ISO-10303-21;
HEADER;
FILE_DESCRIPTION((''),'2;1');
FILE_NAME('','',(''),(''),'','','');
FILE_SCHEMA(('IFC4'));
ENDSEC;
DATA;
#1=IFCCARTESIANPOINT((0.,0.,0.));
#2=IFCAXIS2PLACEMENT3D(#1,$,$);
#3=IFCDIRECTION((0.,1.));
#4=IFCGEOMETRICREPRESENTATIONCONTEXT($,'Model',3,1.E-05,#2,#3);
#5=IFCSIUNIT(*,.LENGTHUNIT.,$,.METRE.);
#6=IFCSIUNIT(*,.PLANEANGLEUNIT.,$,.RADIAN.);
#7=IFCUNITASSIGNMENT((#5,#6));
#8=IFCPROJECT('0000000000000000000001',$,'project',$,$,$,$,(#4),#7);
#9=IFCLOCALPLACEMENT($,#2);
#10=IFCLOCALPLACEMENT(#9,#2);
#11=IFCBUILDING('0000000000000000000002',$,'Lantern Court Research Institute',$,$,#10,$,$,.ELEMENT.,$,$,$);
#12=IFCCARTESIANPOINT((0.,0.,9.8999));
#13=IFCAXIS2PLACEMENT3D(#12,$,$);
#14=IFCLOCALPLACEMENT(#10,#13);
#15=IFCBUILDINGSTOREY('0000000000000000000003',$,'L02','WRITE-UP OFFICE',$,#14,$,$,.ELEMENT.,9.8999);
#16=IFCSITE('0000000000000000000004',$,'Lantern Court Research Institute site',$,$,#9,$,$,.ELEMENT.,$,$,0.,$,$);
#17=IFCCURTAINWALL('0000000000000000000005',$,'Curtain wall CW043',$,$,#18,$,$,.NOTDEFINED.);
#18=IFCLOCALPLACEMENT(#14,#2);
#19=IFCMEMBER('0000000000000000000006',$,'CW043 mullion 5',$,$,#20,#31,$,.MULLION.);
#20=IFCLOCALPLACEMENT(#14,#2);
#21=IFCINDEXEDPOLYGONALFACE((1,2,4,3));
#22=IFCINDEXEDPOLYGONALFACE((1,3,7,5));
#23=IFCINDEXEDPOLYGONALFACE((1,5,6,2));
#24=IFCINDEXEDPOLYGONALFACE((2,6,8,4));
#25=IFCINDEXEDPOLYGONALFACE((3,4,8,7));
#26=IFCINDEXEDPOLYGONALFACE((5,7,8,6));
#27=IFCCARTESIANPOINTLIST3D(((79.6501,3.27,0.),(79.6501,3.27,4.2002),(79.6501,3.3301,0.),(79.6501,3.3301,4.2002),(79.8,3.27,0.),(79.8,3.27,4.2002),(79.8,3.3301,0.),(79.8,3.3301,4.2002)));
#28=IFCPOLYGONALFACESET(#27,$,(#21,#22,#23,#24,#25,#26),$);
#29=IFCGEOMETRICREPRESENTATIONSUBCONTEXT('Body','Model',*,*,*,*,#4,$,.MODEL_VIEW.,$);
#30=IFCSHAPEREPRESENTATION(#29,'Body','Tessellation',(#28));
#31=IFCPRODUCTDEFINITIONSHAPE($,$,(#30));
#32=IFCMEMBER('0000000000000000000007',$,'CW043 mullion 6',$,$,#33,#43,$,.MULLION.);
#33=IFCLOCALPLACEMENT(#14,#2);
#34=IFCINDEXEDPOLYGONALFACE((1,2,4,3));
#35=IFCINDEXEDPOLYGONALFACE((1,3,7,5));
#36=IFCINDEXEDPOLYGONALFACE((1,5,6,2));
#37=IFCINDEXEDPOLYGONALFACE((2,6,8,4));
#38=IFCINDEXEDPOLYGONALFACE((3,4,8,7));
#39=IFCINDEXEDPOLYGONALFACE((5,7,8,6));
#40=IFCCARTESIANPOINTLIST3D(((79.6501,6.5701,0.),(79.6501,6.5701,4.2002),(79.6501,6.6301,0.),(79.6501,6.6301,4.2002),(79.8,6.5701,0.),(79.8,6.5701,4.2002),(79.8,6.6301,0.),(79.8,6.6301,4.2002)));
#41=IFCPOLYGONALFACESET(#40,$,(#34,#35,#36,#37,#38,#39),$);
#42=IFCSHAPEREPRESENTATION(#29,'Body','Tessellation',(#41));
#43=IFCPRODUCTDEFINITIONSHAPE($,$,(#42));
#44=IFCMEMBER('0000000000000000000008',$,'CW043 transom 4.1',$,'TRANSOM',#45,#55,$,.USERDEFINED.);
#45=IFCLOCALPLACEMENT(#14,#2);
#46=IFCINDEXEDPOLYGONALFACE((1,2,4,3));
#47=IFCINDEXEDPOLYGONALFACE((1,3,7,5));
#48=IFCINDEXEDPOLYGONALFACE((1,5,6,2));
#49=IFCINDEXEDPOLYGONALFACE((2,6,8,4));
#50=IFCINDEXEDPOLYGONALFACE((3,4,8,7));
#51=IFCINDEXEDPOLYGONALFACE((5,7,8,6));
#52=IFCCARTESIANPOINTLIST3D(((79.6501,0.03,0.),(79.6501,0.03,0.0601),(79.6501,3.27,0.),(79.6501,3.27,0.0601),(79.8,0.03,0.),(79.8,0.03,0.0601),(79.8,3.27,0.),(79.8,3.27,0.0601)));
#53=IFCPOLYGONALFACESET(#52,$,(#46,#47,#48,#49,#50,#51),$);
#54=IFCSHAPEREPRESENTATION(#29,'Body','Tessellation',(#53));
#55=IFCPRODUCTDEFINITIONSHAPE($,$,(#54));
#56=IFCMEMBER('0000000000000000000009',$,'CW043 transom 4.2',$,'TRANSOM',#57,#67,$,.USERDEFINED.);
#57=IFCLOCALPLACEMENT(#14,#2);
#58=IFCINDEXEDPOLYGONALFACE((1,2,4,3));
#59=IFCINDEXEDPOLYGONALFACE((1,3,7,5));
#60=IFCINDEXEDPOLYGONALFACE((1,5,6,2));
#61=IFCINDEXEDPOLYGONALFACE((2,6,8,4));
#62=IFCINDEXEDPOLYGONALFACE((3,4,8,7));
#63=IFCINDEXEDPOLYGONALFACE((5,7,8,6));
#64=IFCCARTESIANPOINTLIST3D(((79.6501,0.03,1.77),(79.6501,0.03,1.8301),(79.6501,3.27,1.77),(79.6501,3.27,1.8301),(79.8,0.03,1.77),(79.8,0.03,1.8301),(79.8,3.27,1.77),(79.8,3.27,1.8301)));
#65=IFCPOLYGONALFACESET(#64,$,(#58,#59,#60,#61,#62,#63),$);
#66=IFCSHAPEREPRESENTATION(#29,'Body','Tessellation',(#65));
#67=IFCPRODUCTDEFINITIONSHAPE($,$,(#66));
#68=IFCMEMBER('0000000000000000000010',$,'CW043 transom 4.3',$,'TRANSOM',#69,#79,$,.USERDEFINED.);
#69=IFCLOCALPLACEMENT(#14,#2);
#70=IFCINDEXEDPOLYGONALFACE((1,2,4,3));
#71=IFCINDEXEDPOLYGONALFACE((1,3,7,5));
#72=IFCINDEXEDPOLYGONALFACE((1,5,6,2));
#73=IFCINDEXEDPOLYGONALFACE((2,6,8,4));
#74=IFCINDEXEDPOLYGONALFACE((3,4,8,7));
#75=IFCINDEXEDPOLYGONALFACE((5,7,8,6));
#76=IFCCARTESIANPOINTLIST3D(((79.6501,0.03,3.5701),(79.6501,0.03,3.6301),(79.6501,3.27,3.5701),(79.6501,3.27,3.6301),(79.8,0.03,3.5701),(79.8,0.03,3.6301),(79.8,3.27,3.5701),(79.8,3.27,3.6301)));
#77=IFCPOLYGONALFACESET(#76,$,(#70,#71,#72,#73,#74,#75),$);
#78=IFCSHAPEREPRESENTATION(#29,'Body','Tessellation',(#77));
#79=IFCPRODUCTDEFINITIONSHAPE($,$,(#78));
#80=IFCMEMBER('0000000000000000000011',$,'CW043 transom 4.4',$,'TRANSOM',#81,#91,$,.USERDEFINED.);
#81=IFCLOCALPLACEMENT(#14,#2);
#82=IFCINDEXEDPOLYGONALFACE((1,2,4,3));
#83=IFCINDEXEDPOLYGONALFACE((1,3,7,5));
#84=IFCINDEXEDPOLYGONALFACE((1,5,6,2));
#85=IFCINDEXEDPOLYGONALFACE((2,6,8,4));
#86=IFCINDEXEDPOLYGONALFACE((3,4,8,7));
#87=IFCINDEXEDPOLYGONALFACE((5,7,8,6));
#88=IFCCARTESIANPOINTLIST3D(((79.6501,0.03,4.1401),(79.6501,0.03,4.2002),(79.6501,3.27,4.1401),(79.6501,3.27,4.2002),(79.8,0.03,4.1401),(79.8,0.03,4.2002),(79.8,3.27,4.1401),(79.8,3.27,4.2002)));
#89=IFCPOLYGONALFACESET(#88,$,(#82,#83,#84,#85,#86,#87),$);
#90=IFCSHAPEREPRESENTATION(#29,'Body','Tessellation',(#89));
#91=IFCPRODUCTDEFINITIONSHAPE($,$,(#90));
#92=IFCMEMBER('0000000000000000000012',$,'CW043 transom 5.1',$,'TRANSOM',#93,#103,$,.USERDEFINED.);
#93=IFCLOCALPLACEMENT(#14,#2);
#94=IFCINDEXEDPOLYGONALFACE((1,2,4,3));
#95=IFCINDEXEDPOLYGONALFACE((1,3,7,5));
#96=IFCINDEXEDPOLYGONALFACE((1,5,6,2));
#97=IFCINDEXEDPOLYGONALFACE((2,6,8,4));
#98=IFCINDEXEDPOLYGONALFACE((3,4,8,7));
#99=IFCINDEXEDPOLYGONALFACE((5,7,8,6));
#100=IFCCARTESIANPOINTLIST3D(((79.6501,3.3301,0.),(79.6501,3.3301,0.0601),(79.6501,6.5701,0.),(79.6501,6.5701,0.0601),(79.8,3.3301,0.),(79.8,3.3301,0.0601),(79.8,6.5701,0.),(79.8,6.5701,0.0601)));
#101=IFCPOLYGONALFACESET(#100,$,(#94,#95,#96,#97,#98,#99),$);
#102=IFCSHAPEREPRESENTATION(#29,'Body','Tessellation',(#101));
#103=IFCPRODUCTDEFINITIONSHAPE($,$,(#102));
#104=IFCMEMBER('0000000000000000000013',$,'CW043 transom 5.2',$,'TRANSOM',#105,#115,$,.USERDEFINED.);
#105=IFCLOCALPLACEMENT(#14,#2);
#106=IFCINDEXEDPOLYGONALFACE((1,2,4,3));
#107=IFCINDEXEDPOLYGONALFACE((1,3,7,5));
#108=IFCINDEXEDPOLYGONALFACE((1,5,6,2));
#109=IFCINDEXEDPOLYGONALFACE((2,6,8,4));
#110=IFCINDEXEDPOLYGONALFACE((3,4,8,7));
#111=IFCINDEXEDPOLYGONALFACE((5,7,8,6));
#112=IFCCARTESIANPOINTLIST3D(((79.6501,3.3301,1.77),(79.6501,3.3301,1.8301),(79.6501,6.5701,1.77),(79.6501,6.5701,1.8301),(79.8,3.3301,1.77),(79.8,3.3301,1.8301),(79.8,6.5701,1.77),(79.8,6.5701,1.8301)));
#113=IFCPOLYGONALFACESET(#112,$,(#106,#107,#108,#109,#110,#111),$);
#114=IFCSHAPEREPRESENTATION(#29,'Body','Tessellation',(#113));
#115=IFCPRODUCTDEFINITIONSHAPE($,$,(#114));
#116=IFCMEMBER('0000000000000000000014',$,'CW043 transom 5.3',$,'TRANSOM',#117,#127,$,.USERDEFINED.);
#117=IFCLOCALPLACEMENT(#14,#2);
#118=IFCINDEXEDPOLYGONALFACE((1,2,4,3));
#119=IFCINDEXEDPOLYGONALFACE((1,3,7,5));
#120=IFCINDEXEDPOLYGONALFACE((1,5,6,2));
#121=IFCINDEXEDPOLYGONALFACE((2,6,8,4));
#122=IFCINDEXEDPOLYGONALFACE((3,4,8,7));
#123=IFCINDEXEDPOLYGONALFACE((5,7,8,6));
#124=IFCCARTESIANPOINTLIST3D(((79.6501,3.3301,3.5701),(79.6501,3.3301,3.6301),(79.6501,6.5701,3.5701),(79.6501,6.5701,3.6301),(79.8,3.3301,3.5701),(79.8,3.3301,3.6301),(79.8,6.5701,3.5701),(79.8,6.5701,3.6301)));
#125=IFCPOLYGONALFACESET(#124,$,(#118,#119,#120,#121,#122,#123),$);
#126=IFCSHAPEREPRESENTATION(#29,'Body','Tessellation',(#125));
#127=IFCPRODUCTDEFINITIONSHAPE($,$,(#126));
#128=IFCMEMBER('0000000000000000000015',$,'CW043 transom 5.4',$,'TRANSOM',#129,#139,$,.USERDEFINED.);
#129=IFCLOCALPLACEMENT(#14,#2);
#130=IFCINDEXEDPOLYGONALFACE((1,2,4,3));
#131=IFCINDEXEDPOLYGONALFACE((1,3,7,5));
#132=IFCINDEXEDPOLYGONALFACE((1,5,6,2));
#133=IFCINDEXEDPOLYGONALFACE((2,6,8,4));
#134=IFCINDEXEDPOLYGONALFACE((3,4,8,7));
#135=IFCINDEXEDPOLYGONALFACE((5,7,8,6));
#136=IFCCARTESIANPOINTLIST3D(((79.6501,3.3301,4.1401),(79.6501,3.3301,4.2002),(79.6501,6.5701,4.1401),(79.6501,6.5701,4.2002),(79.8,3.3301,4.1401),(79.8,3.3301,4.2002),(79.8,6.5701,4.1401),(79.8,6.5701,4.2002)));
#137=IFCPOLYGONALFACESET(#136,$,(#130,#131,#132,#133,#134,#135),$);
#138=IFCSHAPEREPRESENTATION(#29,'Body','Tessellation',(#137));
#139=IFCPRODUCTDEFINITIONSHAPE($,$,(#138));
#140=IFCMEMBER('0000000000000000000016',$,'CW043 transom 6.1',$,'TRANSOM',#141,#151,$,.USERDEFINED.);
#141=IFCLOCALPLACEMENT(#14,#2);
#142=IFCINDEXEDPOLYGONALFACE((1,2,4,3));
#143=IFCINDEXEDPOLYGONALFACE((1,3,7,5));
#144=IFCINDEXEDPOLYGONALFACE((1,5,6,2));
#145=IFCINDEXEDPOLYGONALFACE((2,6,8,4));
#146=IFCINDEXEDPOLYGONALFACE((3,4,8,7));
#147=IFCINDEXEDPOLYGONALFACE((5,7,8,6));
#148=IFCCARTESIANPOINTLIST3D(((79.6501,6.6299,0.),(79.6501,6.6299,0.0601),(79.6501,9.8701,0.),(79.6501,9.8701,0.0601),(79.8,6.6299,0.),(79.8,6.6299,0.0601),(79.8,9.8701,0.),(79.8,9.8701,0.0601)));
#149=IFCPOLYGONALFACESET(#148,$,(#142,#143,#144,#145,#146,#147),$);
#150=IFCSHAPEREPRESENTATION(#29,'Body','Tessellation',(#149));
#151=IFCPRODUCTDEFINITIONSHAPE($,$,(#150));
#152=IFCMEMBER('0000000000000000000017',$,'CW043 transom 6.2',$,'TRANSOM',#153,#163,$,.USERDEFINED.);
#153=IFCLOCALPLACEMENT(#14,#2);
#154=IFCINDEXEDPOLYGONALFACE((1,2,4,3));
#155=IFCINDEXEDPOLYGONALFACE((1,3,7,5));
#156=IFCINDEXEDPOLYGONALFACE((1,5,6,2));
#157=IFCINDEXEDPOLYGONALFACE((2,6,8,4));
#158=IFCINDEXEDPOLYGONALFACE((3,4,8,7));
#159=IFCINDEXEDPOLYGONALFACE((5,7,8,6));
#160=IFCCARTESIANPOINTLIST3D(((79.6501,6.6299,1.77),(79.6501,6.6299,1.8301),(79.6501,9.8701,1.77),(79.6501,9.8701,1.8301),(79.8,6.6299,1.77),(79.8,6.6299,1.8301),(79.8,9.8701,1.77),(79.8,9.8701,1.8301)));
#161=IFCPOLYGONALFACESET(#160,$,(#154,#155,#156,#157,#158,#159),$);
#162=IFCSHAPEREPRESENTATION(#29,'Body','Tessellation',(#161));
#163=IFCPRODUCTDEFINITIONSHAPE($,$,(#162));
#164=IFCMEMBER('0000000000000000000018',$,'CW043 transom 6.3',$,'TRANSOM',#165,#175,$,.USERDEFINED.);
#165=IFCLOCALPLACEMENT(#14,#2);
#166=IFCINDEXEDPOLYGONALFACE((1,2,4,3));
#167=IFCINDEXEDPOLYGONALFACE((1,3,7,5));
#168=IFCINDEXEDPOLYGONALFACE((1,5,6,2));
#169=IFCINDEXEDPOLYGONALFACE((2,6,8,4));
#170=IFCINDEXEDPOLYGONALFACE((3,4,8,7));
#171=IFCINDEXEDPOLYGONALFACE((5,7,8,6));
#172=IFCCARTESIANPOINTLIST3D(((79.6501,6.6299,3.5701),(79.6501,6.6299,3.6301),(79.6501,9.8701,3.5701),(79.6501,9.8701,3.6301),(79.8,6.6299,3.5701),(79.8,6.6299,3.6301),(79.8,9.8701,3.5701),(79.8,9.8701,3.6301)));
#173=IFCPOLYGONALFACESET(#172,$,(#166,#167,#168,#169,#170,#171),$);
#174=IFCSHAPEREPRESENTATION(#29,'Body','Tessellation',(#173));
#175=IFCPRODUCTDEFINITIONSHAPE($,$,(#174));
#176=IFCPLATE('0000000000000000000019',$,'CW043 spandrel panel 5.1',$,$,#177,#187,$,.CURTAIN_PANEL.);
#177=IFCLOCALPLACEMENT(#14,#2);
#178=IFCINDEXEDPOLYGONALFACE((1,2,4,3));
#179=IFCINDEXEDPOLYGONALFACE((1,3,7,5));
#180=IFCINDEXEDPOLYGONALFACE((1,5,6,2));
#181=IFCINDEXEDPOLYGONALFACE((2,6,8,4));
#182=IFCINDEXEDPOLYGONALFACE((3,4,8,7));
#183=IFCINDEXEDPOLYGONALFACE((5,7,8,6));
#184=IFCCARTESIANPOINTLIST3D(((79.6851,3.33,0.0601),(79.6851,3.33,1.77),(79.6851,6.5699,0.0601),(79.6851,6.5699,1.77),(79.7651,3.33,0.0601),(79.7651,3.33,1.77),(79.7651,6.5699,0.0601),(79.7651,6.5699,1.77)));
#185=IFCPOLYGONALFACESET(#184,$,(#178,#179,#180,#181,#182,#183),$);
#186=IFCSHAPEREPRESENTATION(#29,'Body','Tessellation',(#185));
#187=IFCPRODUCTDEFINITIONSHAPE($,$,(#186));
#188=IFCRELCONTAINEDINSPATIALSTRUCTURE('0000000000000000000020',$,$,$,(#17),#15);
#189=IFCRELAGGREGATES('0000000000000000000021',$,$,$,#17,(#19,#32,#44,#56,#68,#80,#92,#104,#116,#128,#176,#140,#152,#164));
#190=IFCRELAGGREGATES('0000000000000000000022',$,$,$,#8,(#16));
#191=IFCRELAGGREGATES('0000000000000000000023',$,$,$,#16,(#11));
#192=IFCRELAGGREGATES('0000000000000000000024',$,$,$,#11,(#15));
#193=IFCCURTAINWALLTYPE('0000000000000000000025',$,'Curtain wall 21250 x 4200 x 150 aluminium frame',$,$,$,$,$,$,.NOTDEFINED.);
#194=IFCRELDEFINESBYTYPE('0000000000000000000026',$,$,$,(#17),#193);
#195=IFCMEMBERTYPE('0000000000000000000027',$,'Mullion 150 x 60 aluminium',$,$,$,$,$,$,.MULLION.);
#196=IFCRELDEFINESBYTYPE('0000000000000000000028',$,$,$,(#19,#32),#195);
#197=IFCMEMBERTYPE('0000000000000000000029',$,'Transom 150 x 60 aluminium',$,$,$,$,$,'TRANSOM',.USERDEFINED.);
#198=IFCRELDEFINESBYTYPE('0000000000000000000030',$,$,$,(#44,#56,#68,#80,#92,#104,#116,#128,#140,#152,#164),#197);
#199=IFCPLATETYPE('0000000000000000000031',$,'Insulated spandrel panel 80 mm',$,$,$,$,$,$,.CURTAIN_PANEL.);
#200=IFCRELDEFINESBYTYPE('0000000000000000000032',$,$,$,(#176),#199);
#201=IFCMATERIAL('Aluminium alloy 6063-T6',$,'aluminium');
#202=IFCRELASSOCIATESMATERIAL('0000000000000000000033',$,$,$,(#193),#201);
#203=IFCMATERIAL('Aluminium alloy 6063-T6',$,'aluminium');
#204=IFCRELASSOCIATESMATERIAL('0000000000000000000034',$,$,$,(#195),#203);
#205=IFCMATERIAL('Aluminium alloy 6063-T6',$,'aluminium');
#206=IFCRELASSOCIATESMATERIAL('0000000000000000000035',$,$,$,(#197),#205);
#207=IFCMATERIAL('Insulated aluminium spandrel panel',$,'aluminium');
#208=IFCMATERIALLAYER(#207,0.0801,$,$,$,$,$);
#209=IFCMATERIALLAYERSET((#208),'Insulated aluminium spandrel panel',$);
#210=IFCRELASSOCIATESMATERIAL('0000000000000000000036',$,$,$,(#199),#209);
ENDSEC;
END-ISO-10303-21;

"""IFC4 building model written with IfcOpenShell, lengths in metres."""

from ifc_helpers import new_model, si_unit, direction, frame, origin, origin_2d, place, context, subcontext, project, spatial, rectangle, extrude, material, layer, layer_set, material_profile, profile_set, type_object, element, aggregate, save


model = new_model("IFC4")

# Units and contexts
model_context = context("Model", 3, precision=1e-05, world=origin(), true_north=direction((0.0, 1.0)))
body_context = subcontext(model_context, "Body", "Model", "MODEL_VIEW")
ifc_project = project(units=[si_unit("LENGTHUNIT", "METRE"), si_unit("PLANEANGLEUNIT", "RADIAN")], contexts=[model_context])

# Site, building, storey
site_placement = place(None, origin())
site = spatial("IfcSite", under=ifc_project, at=site_placement, Name="Lantern Court Research Institute site", CompositionType="ELEMENT", RefElevation=0.0)
building_placement = place(site_placement, origin())
building = spatial("IfcBuilding", under=site, at=building_placement, Name="Lantern Court Research Institute", CompositionType="ELEMENT")
storey_placement = place(building_placement, frame((0.0, 0.0, 9.8999)))
storey = spatial("IfcBuildingStorey", under=building, at=storey_placement, Name="L02", Description="WRITE-UP OFFICE", CompositionType="ELEMENT", Elevation=9.8999)

# Curtain wall, members, plate
ifc_material_1 = material(Name="Aluminium alloy 6063-T6", Category="aluminium")
curtain_wall_type = type_object("IfcCurtainWallType", Name="Curtain wall 21250 x 4200 x 150 aluminium frame", PredefinedType="NOTDEFINED", material=ifc_material_1)
curtain_wall_placement = place(storey_placement, origin())
curtain_wall = element("IfcCurtainWall", 1, at=curtain_wall_placement, inside=storey, type_object=curtain_wall_type, Name="Curtain wall CW043", PredefinedType="NOTDEFINED")
ifc_material_2 = material(Name="Aluminium alloy 6063-T6", Category="aluminium")
ifc_material_profile_1 = material_profile(ifc_material_2, rectangle(XDim=0.1499, YDim=0.0601, at=origin_2d()), Name="Mullion 150 x 60")
ifc_profile_set_1 = profile_set([ifc_material_profile_1], Name="Aluminium alloy 6063-T6")
member_type_1 = type_object("IfcMemberType", Name="Mullion 150 x 60 aluminium", PredefinedType="MULLION", material=ifc_profile_set_1)
member_1_placement = place(storey_placement, frame((79.7251, 3.3, 0.0), z_axis=(0.0, 0.0, 1.0), x_axis=(1.0, 0.0, 0.0)))
member_1 = element("IfcMember", 2, at=member_1_placement, type_object=member_type_1, Name="CW043 mullion 5", PredefinedType="MULLION", context=body_context, shape_type="SweptSolid", body=[
    extrude(rectangle(XDim=0.1499, YDim=0.0601, at=origin_2d()), origin(), (0.0, 0.0, 1.0), 4.2002),
])
member_2_placement = place(storey_placement, frame((79.7251, 6.6001, 0.0), z_axis=(0.0, 0.0, 1.0), x_axis=(1.0, 0.0, 0.0)))
member_2 = element("IfcMember", 3, at=member_2_placement, type_object=member_type_1, Name="CW043 mullion 6", PredefinedType="MULLION", context=body_context, shape_type="SweptSolid", body=[
    extrude(rectangle(XDim=0.1499, YDim=0.0601, at=origin_2d()), origin(), (0.0, 0.0, 1.0), 4.2002),
])
ifc_material_3 = material(Name="Aluminium alloy 6063-T6", Category="aluminium")
ifc_material_profile_2 = material_profile(ifc_material_3, rectangle(XDim=0.1499, YDim=0.0601, at=origin_2d()), Name="Transom 150 x 60")
ifc_profile_set_2 = profile_set([ifc_material_profile_2], Name="Aluminium alloy 6063-T6")
member_type_2 = type_object("IfcMemberType", Name="Transom 150 x 60 aluminium", ElementType="TRANSOM", PredefinedType="USERDEFINED", material=ifc_profile_set_2)
member_3_placement = place(storey_placement, frame((79.7251, 3.27, 0.03), z_axis=(0.0, -1.0, 0.0), x_axis=(1.0, 0.0, 0.0)))
member_3 = element("IfcMember", 4, at=member_3_placement, type_object=member_type_2, Name="CW043 transom 4.1", ObjectType="TRANSOM", PredefinedType="USERDEFINED", context=body_context, shape_type="SweptSolid", body=[
    extrude(rectangle(XDim=0.1499, YDim=0.0601, at=origin_2d()), origin(), (0.0, 0.0, 1.0), 3.24),
])
member_4_placement = place(storey_placement, frame((79.7251, 3.27, 1.8), z_axis=(0.0, -1.0, 0.0), x_axis=(1.0, 0.0, 0.0)))
member_4 = element("IfcMember", 5, at=member_4_placement, type_object=member_type_2, Name="CW043 transom 4.2", ObjectType="TRANSOM", PredefinedType="USERDEFINED", context=body_context, shape_type="SweptSolid", body=[
    extrude(rectangle(XDim=0.1499, YDim=0.0601, at=origin_2d()), origin(), (0.0, 0.0, 1.0), 3.24),
])
member_5_placement = place(storey_placement, frame((79.7251, 3.27, 3.6001), z_axis=(0.0, -1.0, 0.0), x_axis=(1.0, 0.0, 0.0)))
member_5 = element("IfcMember", 6, at=member_5_placement, type_object=member_type_2, Name="CW043 transom 4.3", ObjectType="TRANSOM", PredefinedType="USERDEFINED", context=body_context, shape_type="SweptSolid", body=[
    extrude(rectangle(XDim=0.1499, YDim=0.0601, at=origin_2d()), origin(), (0.0, 0.0, 1.0), 3.24),
])
member_6_placement = place(storey_placement, frame((79.7251, 3.27, 4.1702), z_axis=(0.0, -1.0, 0.0), x_axis=(1.0, 0.0, 0.0)))
member_6 = element("IfcMember", 7, at=member_6_placement, type_object=member_type_2, Name="CW043 transom 4.4", ObjectType="TRANSOM", PredefinedType="USERDEFINED", context=body_context, shape_type="SweptSolid", body=[
    extrude(rectangle(XDim=0.1499, YDim=0.0601, at=origin_2d()), origin(), (0.0, 0.0, 1.0), 3.24),
])
member_7_placement = place(storey_placement, frame((79.7251, 6.5701, 0.03), z_axis=(0.0, -1.0, 0.0), x_axis=(1.0, 0.0, 0.0)))
member_7 = element("IfcMember", 8, at=member_7_placement, type_object=member_type_2, Name="CW043 transom 5.1", ObjectType="TRANSOM", PredefinedType="USERDEFINED", context=body_context, shape_type="SweptSolid", body=[
    extrude(rectangle(XDim=0.1499, YDim=0.0601, at=origin_2d()), origin(), (0.0, 0.0, 1.0), 3.24),
])
member_8_placement = place(storey_placement, frame((79.7251, 6.5701, 1.8), z_axis=(0.0, -1.0, 0.0), x_axis=(1.0, 0.0, 0.0)))
member_8 = element("IfcMember", 9, at=member_8_placement, type_object=member_type_2, Name="CW043 transom 5.2", ObjectType="TRANSOM", PredefinedType="USERDEFINED", context=body_context, shape_type="SweptSolid", body=[
    extrude(rectangle(XDim=0.1499, YDim=0.0601, at=origin_2d()), origin(), (0.0, 0.0, 1.0), 3.24),
])
member_9_placement = place(storey_placement, frame((79.7251, 6.5701, 3.6001), z_axis=(0.0, -1.0, 0.0), x_axis=(1.0, 0.0, 0.0)))
member_9 = element("IfcMember", 10, at=member_9_placement, type_object=member_type_2, Name="CW043 transom 5.3", ObjectType="TRANSOM", PredefinedType="USERDEFINED", context=body_context, shape_type="SweptSolid", body=[
    extrude(rectangle(XDim=0.1499, YDim=0.0601, at=origin_2d()), origin(), (0.0, 0.0, 1.0), 3.24),
])
member_10_placement = place(storey_placement, frame((79.7251, 6.5701, 4.1702), z_axis=(0.0, -1.0, 0.0), x_axis=(1.0, 0.0, 0.0)))
member_10 = element("IfcMember", 11, at=member_10_placement, type_object=member_type_2, Name="CW043 transom 5.4", ObjectType="TRANSOM", PredefinedType="USERDEFINED", context=body_context, shape_type="SweptSolid", body=[
    extrude(rectangle(XDim=0.1499, YDim=0.0601, at=origin_2d()), origin(), (0.0, 0.0, 1.0), 3.24),
])
member_11_placement = place(storey_placement, frame((79.7251, 9.8701, 0.03), z_axis=(0.0, -1.0, 0.0), x_axis=(1.0, 0.0, 0.0)))
member_11 = element("IfcMember", 12, at=member_11_placement, type_object=member_type_2, Name="CW043 transom 6.1", ObjectType="TRANSOM", PredefinedType="USERDEFINED", context=body_context, shape_type="SweptSolid", body=[
    extrude(rectangle(XDim=0.1499, YDim=0.0601, at=origin_2d()), origin(), (0.0, 0.0, 1.0), 3.2402),
])
member_12_placement = place(storey_placement, frame((79.7251, 9.8701, 1.8), z_axis=(0.0, -1.0, 0.0), x_axis=(1.0, 0.0, 0.0)))
member_12 = element("IfcMember", 13, at=member_12_placement, type_object=member_type_2, Name="CW043 transom 6.2", ObjectType="TRANSOM", PredefinedType="USERDEFINED", context=body_context, shape_type="SweptSolid", body=[
    extrude(rectangle(XDim=0.1499, YDim=0.0601, at=origin_2d()), origin(), (0.0, 0.0, 1.0), 3.2402),
])
member_13_placement = place(storey_placement, frame((79.7251, 9.8701, 3.6001), z_axis=(0.0, -1.0, 0.0), x_axis=(1.0, 0.0, 0.0)))
member_13 = element("IfcMember", 14, at=member_13_placement, type_object=member_type_2, Name="CW043 transom 6.3", ObjectType="TRANSOM", PredefinedType="USERDEFINED", context=body_context, shape_type="SweptSolid", body=[
    extrude(rectangle(XDim=0.1499, YDim=0.0601, at=origin_2d()), origin(), (0.0, 0.0, 1.0), 3.2402),
])
ifc_material_4 = material(Name="Insulated aluminium spandrel panel", Category="aluminium")
ifc_layer_1 = layer(ifc_material_4, 0.0801)
ifc_layer_set_1 = layer_set([ifc_layer_1], Name="Insulated aluminium spandrel panel")
plate_type_1 = type_object("IfcPlateType", Name="Insulated spandrel panel 80 mm", PredefinedType="CURTAIN_PANEL", material=ifc_layer_set_1)
plate_1_placement = place(storey_placement, frame((79.7251, 4.95, 0.0601), z_axis=(0.0, 0.0, 1.0), x_axis=(0.0, -1.0, 0.0)))
plate_1 = element("IfcPlate", 15, at=plate_1_placement, type_object=plate_type_1, Name="CW043 spandrel panel 5.1", PredefinedType="CURTAIN_PANEL", context=body_context, shape_type="SweptSolid", body=[
    extrude(rectangle(XDim=3.24, YDim=0.0801, at=origin_2d()), origin(), (0.0, 0.0, 1.0), 1.71),
])
aggregate(curtain_wall, [member_1, member_2, member_3, member_4, member_5, member_6, member_7, member_8, member_9, member_10, plate_1, member_11, member_12, member_13])

save(model, "model.ifc")
